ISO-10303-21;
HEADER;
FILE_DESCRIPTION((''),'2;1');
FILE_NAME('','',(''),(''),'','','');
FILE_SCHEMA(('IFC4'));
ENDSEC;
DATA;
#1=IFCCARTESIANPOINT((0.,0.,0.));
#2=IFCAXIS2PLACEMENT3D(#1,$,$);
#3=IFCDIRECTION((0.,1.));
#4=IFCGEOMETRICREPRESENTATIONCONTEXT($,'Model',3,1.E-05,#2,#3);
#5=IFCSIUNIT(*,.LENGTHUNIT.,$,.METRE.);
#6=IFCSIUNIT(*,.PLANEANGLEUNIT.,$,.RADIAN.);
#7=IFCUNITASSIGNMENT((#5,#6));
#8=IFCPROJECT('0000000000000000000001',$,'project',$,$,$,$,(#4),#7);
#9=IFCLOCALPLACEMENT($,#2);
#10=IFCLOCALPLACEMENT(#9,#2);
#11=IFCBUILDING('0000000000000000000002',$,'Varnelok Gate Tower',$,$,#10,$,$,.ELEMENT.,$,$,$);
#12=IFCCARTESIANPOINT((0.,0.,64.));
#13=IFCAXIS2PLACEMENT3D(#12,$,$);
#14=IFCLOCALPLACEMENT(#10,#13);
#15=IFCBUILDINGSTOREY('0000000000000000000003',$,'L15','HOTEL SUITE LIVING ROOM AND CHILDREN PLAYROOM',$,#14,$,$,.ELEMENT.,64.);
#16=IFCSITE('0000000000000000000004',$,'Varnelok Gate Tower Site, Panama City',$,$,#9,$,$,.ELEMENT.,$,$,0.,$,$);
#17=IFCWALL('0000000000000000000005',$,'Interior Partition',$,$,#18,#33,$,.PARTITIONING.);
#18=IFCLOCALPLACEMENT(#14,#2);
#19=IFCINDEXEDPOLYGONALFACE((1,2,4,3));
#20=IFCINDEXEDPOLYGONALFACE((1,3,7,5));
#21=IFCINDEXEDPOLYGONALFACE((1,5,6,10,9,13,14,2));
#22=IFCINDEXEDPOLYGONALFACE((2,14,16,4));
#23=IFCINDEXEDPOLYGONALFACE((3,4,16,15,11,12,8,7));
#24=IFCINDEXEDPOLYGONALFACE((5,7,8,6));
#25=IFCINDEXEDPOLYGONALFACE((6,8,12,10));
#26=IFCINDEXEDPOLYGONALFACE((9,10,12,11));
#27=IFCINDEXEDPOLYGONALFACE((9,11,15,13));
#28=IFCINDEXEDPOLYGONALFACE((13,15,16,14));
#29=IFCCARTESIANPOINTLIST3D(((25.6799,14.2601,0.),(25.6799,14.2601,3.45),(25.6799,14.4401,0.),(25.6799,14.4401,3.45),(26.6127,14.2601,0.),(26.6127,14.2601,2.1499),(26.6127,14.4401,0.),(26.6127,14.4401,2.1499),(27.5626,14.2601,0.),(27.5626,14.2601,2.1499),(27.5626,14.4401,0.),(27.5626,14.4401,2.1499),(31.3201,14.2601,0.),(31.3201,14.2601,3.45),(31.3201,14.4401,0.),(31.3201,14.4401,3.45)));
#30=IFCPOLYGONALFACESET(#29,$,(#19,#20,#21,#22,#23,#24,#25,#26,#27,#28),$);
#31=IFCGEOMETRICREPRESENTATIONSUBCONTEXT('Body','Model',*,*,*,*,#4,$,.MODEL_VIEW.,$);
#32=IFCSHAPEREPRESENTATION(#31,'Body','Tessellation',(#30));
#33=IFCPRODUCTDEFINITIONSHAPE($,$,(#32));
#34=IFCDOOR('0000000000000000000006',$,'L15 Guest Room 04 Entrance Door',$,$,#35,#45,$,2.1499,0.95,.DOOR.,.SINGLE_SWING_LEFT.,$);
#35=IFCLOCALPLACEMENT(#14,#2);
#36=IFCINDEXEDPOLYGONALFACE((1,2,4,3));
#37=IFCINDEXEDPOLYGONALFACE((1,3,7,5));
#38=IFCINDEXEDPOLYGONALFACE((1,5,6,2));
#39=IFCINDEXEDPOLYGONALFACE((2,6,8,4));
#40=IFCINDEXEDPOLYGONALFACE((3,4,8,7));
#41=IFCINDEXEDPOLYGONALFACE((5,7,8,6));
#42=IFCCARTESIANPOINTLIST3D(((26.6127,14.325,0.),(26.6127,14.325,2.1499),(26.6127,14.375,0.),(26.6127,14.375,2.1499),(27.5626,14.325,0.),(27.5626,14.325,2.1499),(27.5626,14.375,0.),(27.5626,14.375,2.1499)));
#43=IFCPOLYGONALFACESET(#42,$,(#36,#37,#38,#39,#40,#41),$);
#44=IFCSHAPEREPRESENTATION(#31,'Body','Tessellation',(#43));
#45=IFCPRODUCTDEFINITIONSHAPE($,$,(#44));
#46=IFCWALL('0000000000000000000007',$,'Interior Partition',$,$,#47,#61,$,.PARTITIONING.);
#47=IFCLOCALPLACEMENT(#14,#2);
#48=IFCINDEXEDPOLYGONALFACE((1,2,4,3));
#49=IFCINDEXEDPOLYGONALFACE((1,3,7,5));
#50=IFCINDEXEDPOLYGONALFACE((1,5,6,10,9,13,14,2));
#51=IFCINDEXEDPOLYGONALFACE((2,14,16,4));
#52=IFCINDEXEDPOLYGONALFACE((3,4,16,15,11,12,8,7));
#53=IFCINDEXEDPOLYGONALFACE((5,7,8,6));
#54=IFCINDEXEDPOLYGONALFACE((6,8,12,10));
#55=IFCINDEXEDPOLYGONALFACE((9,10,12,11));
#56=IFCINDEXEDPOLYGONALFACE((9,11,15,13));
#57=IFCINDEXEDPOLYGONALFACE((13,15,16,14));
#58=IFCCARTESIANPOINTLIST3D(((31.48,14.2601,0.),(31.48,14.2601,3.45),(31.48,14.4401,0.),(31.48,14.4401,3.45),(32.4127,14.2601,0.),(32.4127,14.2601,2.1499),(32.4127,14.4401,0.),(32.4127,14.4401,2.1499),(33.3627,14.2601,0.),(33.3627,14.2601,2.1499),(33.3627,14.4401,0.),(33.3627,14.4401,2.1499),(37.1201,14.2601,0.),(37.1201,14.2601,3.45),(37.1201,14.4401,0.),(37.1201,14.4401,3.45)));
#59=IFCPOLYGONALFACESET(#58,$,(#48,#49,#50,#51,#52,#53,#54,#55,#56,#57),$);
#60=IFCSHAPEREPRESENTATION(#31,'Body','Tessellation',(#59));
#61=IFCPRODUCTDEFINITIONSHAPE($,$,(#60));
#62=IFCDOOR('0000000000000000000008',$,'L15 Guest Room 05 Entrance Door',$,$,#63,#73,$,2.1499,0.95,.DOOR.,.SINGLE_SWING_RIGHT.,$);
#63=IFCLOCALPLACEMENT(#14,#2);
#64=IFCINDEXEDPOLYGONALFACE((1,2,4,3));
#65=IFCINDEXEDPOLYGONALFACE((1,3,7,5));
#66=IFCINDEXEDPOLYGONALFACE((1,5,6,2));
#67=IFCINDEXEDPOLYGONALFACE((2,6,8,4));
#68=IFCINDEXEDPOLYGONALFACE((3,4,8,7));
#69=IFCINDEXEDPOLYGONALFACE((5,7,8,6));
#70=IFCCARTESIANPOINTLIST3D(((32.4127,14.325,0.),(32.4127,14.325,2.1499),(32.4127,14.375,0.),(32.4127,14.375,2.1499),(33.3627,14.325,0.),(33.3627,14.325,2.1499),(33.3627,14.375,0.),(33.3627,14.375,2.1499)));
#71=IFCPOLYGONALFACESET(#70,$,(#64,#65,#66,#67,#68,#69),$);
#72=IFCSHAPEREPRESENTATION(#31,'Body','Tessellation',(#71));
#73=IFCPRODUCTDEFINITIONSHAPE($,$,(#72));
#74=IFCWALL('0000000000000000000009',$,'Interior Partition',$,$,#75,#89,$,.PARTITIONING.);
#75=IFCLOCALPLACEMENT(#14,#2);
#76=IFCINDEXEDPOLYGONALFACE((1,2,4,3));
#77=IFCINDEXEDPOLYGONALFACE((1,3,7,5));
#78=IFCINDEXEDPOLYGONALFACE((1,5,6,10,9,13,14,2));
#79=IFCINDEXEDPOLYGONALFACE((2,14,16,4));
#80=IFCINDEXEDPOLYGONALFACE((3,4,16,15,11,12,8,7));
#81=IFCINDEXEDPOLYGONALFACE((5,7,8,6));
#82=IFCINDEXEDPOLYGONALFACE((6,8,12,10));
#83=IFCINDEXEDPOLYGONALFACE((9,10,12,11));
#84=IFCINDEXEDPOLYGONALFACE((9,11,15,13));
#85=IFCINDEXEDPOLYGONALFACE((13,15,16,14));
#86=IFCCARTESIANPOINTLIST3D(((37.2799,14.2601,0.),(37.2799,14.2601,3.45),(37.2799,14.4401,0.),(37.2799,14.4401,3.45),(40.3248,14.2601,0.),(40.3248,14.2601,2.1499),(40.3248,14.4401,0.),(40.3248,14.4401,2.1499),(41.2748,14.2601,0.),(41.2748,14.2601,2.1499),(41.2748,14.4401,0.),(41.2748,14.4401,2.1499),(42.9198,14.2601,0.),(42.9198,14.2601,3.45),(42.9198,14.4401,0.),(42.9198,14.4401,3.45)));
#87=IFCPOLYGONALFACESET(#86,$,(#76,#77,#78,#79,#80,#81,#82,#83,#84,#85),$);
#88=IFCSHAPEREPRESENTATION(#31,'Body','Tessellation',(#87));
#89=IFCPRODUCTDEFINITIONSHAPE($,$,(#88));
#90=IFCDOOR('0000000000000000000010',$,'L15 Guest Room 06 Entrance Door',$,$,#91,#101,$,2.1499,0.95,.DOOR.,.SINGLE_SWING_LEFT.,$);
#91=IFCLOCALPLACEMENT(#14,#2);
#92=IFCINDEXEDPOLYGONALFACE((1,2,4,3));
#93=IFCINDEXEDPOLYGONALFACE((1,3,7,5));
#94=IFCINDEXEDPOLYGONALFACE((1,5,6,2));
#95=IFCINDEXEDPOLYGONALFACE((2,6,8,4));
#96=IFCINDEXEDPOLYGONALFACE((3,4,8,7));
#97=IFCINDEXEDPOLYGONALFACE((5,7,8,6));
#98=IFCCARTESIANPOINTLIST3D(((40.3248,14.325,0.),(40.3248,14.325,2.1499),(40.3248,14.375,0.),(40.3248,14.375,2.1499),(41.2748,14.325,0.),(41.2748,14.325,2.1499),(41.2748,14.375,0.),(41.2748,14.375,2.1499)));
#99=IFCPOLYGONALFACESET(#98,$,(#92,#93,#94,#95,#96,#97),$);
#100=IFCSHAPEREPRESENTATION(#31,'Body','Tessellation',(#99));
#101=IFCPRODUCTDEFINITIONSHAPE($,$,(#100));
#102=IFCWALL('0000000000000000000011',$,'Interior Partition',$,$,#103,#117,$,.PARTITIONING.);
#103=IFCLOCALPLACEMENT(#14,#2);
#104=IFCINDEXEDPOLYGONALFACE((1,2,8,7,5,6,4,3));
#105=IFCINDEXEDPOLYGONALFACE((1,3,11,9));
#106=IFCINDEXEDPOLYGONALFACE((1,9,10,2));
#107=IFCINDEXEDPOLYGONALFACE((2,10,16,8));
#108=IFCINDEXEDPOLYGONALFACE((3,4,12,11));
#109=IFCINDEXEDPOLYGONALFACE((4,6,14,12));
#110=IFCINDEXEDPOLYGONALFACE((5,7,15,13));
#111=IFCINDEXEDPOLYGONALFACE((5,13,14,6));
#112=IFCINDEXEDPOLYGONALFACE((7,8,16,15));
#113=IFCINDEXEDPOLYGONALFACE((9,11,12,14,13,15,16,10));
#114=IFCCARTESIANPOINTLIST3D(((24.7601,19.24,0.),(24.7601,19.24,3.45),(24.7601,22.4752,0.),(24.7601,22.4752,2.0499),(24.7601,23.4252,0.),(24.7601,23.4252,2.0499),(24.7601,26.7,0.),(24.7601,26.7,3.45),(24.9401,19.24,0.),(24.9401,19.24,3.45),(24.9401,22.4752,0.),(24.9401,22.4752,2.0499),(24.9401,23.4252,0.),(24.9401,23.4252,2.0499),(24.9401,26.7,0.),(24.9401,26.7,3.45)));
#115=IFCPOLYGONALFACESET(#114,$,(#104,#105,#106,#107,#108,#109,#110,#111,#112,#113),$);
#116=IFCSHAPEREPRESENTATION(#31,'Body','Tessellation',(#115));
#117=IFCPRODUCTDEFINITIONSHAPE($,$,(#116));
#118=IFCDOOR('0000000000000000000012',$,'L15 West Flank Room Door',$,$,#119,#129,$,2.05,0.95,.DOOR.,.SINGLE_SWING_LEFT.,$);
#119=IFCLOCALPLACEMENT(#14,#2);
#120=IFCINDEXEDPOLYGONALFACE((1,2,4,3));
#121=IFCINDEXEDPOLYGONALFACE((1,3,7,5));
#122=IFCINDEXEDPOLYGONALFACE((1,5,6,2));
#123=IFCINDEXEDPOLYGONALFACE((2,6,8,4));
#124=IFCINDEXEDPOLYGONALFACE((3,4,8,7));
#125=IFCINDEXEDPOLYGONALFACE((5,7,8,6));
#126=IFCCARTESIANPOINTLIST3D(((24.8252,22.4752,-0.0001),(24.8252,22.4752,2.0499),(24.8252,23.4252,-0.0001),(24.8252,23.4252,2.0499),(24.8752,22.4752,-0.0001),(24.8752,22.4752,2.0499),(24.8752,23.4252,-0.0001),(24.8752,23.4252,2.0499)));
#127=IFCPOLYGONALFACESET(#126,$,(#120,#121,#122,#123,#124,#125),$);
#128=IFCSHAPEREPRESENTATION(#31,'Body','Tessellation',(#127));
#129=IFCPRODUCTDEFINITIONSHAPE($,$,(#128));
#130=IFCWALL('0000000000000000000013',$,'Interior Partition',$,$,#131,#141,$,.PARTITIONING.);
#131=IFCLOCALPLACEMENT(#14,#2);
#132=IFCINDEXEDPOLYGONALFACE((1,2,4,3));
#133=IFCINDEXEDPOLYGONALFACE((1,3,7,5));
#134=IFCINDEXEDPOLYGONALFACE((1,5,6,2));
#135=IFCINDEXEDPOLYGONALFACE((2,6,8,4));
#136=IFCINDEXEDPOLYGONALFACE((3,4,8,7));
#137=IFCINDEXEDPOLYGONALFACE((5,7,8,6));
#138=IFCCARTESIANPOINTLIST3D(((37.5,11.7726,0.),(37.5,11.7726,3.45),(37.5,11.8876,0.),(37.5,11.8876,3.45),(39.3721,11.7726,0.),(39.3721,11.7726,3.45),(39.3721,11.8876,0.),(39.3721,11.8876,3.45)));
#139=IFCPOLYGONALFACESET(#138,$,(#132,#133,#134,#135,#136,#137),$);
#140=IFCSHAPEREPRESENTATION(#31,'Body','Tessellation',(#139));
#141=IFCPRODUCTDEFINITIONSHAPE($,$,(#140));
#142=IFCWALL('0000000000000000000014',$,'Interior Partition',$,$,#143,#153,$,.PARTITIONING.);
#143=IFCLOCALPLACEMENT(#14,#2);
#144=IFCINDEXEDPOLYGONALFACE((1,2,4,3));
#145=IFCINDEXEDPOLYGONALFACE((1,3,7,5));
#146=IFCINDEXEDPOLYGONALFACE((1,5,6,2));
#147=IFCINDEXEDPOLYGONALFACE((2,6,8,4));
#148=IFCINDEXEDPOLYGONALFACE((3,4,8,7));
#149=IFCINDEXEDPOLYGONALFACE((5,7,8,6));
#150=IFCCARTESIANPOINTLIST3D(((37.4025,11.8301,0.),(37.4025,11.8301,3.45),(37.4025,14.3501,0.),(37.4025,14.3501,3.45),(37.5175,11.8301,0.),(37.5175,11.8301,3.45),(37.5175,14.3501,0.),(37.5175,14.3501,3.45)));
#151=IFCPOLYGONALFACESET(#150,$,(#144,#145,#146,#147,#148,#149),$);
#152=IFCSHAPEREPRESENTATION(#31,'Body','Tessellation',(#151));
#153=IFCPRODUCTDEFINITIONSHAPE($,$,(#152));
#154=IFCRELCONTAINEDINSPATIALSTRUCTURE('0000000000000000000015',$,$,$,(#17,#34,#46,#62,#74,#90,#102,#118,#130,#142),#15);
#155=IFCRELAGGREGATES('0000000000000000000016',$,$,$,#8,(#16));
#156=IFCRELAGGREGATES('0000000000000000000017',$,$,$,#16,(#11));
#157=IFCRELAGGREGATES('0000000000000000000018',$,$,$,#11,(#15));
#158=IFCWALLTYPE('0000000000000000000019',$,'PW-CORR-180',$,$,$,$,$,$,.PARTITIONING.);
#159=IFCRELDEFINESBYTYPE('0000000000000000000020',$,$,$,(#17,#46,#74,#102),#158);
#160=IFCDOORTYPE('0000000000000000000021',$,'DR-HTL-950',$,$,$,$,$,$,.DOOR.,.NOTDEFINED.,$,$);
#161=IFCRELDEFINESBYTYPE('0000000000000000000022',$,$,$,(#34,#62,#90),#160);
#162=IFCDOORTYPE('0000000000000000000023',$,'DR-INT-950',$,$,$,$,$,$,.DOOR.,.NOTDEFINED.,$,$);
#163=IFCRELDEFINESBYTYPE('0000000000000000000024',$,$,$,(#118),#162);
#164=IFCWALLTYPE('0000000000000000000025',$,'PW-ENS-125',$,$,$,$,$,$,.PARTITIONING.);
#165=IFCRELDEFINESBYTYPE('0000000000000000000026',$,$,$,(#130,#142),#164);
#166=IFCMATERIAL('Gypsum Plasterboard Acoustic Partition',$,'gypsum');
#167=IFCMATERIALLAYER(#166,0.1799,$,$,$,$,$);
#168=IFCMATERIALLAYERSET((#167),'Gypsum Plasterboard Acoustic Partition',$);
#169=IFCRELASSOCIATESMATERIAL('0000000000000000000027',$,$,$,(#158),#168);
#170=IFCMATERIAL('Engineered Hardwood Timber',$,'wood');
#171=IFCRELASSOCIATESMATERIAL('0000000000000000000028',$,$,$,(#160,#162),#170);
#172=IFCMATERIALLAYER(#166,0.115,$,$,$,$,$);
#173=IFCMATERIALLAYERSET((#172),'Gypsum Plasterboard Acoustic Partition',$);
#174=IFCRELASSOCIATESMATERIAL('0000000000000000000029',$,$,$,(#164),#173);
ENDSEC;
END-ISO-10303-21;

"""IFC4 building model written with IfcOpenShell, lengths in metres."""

from ifc_helpers import new_model, si_unit, direction, frame, frame_2d, origin, place, context, subcontext, project, spatial, rectangle, extrude, material, layer, layer_set, type_object, element, fill, save


model = new_model("IFC4")

# Units and contexts
model_context = context("Model", 3, precision=1e-05, world=origin(), true_north=direction((0.0, 1.0)))
body_context = subcontext(model_context, "Body", "Model", "MODEL_VIEW")
ifc_project = project(units=[si_unit("LENGTHUNIT", "METRE"), si_unit("PLANEANGLEUNIT", "RADIAN")], contexts=[model_context])

# Site, building, storey
site_placement = place(None, origin())
site = spatial("IfcSite", under=ifc_project, at=site_placement, Name="Varnelok Gate Tower Site, Panama City", CompositionType="ELEMENT", RefElevation=0.0)
building_placement = place(site_placement, origin())
building = spatial("IfcBuilding", under=site, at=building_placement, Name="Varnelok Gate Tower", CompositionType="ELEMENT")
storey_placement = place(building_placement, frame((0.0, 0.0, 64.0)))
storey = spatial("IfcBuildingStorey", under=building, at=storey_placement, Name="L15", Description="HOTEL SUITE LIVING ROOM AND CHILDREN PLAYROOM", CompositionType="ELEMENT", Elevation=64.0)

# Walls, openings, doors
ifc_material_1 = material(Name="Gypsum Plasterboard Acoustic Partition", Category="gypsum")
ifc_layer_1 = layer(ifc_material_1, 0.1799)
ifc_layer_set_1 = layer_set([ifc_layer_1], Name="Gypsum Plasterboard Acoustic Partition")
wall_type_1 = type_object("IfcWallType", Name="PW-CORR-180", PredefinedType="PARTITIONING", material=ifc_layer_set_1)
wall_1_placement = place(storey_placement, frame((25.6799, 14.3501, 0.0), z_axis=(0.0, 0.0, 1.0), x_axis=(1.0, 0.0, 0.0)))
wall_1 = element("IfcWall", 1, at=wall_1_placement, inside=storey, type_object=wall_type_1, Name="Interior Partition", PredefinedType="PARTITIONING", context=body_context, shape_type="SweptSolid", body=[
    extrude(rectangle(XDim=5.6401, YDim=0.1799, at=frame_2d((2.8201, 0.0))), origin(), (0.0, 0.0, 1.0), 3.45),
])
opening_1_placement = place(wall_1_placement, frame((0.9326, 0.0, 0.0)))
opening_1 = element("IfcOpeningElement", 2, at=opening_1_placement, cuts=wall_1, PredefinedType="OPENING", context=body_context, shape_type="SweptSolid", body=[
    extrude(rectangle(XDim=0.95, YDim=2.1499, at=frame_2d((0.4751, 1.075))), frame((0.0, 0.0999, 0.0), z_axis=(0.0, -1.0, 0.0), x_axis=(1.0, 0.0, 0.0)), (0.0, 0.0, 1.0), 0.2),
])
ifc_material_2 = material(Name="Engineered Hardwood Timber", Category="wood")
door_type_1 = type_object("IfcDoorType", Name="DR-HTL-950", OperationType="NOTDEFINED", PredefinedType="DOOR", material=ifc_material_2)
door_1_placement = place(opening_1_placement, origin())
door_1 = element("IfcDoor", 3, at=door_1_placement, inside=storey, type_object=door_type_1, Name="L15 Guest Room 04 Entrance Door", OperationType="SINGLE_SWING_LEFT", OverallHeight=2.1499, OverallWidth=0.95, PredefinedType="DOOR", context=body_context, shape_type="SweptSolid", body=[
    extrude(rectangle(XDim=0.95, YDim=2.1499, at=frame_2d((0.4751, 1.075))), frame((0.0, 0.0249, 0.0), z_axis=(0.0, -1.0, 0.0), x_axis=(1.0, 0.0, 0.0)), (0.0, 0.0, 1.0), 0.05),
])
fill(opening_1, door_1)
wall_2_placement = place(storey_placement, frame((31.48, 14.3501, 0.0), z_axis=(0.0, 0.0, 1.0), x_axis=(1.0, 0.0, 0.0)))
wall_2 = element("IfcWall", 4, at=wall_2_placement, inside=storey, type_object=wall_type_1, Name="Interior Partition", PredefinedType="PARTITIONING", context=body_context, shape_type="SweptSolid", body=[
    extrude(rectangle(XDim=5.6401, YDim=0.1799, at=frame_2d((2.8201, 0.0))), origin(), (0.0, 0.0, 1.0), 3.45),
])
opening_2_placement = place(wall_2_placement, frame((0.9326, 0.0, 0.0)))
opening_2 = element("IfcOpeningElement", 5, at=opening_2_placement, cuts=wall_2, PredefinedType="OPENING", context=body_context, shape_type="SweptSolid", body=[
    extrude(rectangle(XDim=0.95, YDim=2.1499, at=frame_2d((0.4751, 1.075))), frame((0.0, 0.0999, 0.0), z_axis=(0.0, -1.0, 0.0), x_axis=(1.0, 0.0, 0.0)), (0.0, 0.0, 1.0), 0.2),
])
door_2_placement = place(opening_2_placement, origin())
door_2 = element("IfcDoor", 6, at=door_2_placement, inside=storey, type_object=door_type_1, Name="L15 Guest Room 05 Entrance Door", OperationType="SINGLE_SWING_RIGHT", OverallHeight=2.1499, OverallWidth=0.95, PredefinedType="DOOR", context=body_context, shape_type="SweptSolid", body=[
    extrude(rectangle(XDim=0.95, YDim=2.1499, at=frame_2d((0.4751, 1.075))), frame((0.0, 0.0249, 0.0), z_axis=(0.0, -1.0, 0.0), x_axis=(1.0, 0.0, 0.0)), (0.0, 0.0, 1.0), 0.05),
])
fill(opening_2, door_2)
wall_3_placement = place(storey_placement, frame((37.28, 14.3501, 0.0), z_axis=(0.0, 0.0, 1.0), x_axis=(1.0, 0.0, 0.0)))
wall_3 = element("IfcWall", 7, at=wall_3_placement, inside=storey, type_object=wall_type_1, Name="Interior Partition", PredefinedType="PARTITIONING", context=body_context, shape_type="SweptSolid", body=[
    extrude(rectangle(XDim=5.6399, YDim=0.1799, at=frame_2d((2.8198, 0.0))), origin(), (0.0, 0.0, 1.0), 3.45),
])
opening_3_placement = place(wall_3_placement, frame((3.0447, 0.0, 0.0)))
opening_3 = element("IfcOpeningElement", 8, at=opening_3_placement, cuts=wall_3, PredefinedType="OPENING", context=body_context, shape_type="SweptSolid", body=[
    extrude(rectangle(XDim=0.95, YDim=2.1499, at=frame_2d((0.4751, 1.075))), frame((0.0, 0.0999, 0.0), z_axis=(0.0, -1.0, 0.0), x_axis=(1.0, 0.0, 0.0)), (0.0, 0.0, 1.0), 0.2),
])
door_3_placement = place(opening_3_placement, origin())
door_3 = element("IfcDoor", 9, at=door_3_placement, inside=storey, type_object=door_type_1, Name="L15 Guest Room 06 Entrance Door", OperationType="SINGLE_SWING_LEFT", OverallHeight=2.1499, OverallWidth=0.95, PredefinedType="DOOR", context=body_context, shape_type="SweptSolid", body=[
    extrude(rectangle(XDim=0.95, YDim=2.1499, at=frame_2d((0.4751, 1.075))), frame((0.0, 0.0249, 0.0), z_axis=(0.0, -1.0, 0.0), x_axis=(1.0, 0.0, 0.0)), (0.0, 0.0, 1.0), 0.05),
])
fill(opening_3, door_3)
wall_4_placement = place(storey_placement, frame((24.8501, 19.24, 0.0), z_axis=(0.0, 0.0, 1.0), x_axis=(0.0, 1.0, 0.0)))
wall_4 = element("IfcWall", 10, at=wall_4_placement, inside=storey, type_object=wall_type_1, Name="Interior Partition", PredefinedType="PARTITIONING", context=body_context, shape_type="SweptSolid", body=[
    extrude(rectangle(XDim=7.46, YDim=0.1799, at=frame_2d((3.73, 0.0))), origin(), (0.0, 0.0, 1.0), 3.45),
])
opening_4_placement = place(wall_4_placement, frame((3.2351, 0.0, 0.0)))
opening_4 = element("IfcOpeningElement", 11, at=opening_4_placement, cuts=wall_4, PredefinedType="OPENING", context=body_context, shape_type="SweptSolid", body=[
    extrude(rectangle(XDim=0.95, YDim=2.05, at=frame_2d((0.4751, 1.0249))), frame((0.0, 0.0999, 0.0), z_axis=(0.0, -1.0, 0.0), x_axis=(1.0, 0.0, 0.0)), (0.0, 0.0, 1.0), 0.2),
])
door_type_2 = type_object("IfcDoorType", Name="DR-INT-950", OperationType="NOTDEFINED", PredefinedType="DOOR", material=ifc_material_2)
door_4_placement = place(opening_4_placement, origin())
door_4 = element("IfcDoor", 12, at=door_4_placement, inside=storey, type_object=door_type_2, Name="L15 West Flank Room Door", OperationType="SINGLE_SWING_LEFT", OverallHeight=2.05, OverallWidth=0.95, PredefinedType="DOOR", context=body_context, shape_type="SweptSolid", body=[
    extrude(rectangle(XDim=0.95, YDim=2.05, at=frame_2d((0.4751, 1.0249))), frame((0.0, 0.0249, 0.0), z_axis=(0.0, -1.0, 0.0), x_axis=(1.0, 0.0, 0.0)), (0.0, 0.0, 1.0), 0.05),
])
fill(opening_4, door_4)

# Walls
ifc_layer_2 = layer(ifc_material_1, 0.115)
ifc_layer_set_2 = layer_set([ifc_layer_2], Name="Gypsum Plasterboard Acoustic Partition")
wall_type_2 = type_object("IfcWallType", Name="PW-ENS-125", PredefinedType="PARTITIONING", material=ifc_layer_set_2)
wall_5_placement = place(storey_placement, frame((37.5, 11.8301, 0.0), z_axis=(0.0, 0.0, 1.0), x_axis=(1.0, 0.0, 0.0)))
element("IfcWall", 13, at=wall_5_placement, inside=storey, type_object=wall_type_2, Name="Interior Partition", PredefinedType="PARTITIONING", context=body_context, shape_type="SweptSolid", body=[
    extrude(rectangle(XDim=1.8721, YDim=0.115, at=frame_2d((0.936, 0.0))), origin(), (0.0, 0.0, 1.0), 3.45),
])
wall_6_placement = place(storey_placement, frame((37.46, 11.8301, 0.0), z_axis=(0.0, 0.0, 1.0), x_axis=(0.0, 1.0, 0.0)))
element("IfcWall", 14, at=wall_6_placement, inside=storey, type_object=wall_type_2, Name="Interior Partition", PredefinedType="PARTITIONING", context=body_context, shape_type="SweptSolid", body=[
    extrude(rectangle(XDim=2.52, YDim=0.115, at=frame_2d((1.26, 0.0))), origin(), (0.0, 0.0, 1.0), 3.45),
])

save(model, "model.ifc")
